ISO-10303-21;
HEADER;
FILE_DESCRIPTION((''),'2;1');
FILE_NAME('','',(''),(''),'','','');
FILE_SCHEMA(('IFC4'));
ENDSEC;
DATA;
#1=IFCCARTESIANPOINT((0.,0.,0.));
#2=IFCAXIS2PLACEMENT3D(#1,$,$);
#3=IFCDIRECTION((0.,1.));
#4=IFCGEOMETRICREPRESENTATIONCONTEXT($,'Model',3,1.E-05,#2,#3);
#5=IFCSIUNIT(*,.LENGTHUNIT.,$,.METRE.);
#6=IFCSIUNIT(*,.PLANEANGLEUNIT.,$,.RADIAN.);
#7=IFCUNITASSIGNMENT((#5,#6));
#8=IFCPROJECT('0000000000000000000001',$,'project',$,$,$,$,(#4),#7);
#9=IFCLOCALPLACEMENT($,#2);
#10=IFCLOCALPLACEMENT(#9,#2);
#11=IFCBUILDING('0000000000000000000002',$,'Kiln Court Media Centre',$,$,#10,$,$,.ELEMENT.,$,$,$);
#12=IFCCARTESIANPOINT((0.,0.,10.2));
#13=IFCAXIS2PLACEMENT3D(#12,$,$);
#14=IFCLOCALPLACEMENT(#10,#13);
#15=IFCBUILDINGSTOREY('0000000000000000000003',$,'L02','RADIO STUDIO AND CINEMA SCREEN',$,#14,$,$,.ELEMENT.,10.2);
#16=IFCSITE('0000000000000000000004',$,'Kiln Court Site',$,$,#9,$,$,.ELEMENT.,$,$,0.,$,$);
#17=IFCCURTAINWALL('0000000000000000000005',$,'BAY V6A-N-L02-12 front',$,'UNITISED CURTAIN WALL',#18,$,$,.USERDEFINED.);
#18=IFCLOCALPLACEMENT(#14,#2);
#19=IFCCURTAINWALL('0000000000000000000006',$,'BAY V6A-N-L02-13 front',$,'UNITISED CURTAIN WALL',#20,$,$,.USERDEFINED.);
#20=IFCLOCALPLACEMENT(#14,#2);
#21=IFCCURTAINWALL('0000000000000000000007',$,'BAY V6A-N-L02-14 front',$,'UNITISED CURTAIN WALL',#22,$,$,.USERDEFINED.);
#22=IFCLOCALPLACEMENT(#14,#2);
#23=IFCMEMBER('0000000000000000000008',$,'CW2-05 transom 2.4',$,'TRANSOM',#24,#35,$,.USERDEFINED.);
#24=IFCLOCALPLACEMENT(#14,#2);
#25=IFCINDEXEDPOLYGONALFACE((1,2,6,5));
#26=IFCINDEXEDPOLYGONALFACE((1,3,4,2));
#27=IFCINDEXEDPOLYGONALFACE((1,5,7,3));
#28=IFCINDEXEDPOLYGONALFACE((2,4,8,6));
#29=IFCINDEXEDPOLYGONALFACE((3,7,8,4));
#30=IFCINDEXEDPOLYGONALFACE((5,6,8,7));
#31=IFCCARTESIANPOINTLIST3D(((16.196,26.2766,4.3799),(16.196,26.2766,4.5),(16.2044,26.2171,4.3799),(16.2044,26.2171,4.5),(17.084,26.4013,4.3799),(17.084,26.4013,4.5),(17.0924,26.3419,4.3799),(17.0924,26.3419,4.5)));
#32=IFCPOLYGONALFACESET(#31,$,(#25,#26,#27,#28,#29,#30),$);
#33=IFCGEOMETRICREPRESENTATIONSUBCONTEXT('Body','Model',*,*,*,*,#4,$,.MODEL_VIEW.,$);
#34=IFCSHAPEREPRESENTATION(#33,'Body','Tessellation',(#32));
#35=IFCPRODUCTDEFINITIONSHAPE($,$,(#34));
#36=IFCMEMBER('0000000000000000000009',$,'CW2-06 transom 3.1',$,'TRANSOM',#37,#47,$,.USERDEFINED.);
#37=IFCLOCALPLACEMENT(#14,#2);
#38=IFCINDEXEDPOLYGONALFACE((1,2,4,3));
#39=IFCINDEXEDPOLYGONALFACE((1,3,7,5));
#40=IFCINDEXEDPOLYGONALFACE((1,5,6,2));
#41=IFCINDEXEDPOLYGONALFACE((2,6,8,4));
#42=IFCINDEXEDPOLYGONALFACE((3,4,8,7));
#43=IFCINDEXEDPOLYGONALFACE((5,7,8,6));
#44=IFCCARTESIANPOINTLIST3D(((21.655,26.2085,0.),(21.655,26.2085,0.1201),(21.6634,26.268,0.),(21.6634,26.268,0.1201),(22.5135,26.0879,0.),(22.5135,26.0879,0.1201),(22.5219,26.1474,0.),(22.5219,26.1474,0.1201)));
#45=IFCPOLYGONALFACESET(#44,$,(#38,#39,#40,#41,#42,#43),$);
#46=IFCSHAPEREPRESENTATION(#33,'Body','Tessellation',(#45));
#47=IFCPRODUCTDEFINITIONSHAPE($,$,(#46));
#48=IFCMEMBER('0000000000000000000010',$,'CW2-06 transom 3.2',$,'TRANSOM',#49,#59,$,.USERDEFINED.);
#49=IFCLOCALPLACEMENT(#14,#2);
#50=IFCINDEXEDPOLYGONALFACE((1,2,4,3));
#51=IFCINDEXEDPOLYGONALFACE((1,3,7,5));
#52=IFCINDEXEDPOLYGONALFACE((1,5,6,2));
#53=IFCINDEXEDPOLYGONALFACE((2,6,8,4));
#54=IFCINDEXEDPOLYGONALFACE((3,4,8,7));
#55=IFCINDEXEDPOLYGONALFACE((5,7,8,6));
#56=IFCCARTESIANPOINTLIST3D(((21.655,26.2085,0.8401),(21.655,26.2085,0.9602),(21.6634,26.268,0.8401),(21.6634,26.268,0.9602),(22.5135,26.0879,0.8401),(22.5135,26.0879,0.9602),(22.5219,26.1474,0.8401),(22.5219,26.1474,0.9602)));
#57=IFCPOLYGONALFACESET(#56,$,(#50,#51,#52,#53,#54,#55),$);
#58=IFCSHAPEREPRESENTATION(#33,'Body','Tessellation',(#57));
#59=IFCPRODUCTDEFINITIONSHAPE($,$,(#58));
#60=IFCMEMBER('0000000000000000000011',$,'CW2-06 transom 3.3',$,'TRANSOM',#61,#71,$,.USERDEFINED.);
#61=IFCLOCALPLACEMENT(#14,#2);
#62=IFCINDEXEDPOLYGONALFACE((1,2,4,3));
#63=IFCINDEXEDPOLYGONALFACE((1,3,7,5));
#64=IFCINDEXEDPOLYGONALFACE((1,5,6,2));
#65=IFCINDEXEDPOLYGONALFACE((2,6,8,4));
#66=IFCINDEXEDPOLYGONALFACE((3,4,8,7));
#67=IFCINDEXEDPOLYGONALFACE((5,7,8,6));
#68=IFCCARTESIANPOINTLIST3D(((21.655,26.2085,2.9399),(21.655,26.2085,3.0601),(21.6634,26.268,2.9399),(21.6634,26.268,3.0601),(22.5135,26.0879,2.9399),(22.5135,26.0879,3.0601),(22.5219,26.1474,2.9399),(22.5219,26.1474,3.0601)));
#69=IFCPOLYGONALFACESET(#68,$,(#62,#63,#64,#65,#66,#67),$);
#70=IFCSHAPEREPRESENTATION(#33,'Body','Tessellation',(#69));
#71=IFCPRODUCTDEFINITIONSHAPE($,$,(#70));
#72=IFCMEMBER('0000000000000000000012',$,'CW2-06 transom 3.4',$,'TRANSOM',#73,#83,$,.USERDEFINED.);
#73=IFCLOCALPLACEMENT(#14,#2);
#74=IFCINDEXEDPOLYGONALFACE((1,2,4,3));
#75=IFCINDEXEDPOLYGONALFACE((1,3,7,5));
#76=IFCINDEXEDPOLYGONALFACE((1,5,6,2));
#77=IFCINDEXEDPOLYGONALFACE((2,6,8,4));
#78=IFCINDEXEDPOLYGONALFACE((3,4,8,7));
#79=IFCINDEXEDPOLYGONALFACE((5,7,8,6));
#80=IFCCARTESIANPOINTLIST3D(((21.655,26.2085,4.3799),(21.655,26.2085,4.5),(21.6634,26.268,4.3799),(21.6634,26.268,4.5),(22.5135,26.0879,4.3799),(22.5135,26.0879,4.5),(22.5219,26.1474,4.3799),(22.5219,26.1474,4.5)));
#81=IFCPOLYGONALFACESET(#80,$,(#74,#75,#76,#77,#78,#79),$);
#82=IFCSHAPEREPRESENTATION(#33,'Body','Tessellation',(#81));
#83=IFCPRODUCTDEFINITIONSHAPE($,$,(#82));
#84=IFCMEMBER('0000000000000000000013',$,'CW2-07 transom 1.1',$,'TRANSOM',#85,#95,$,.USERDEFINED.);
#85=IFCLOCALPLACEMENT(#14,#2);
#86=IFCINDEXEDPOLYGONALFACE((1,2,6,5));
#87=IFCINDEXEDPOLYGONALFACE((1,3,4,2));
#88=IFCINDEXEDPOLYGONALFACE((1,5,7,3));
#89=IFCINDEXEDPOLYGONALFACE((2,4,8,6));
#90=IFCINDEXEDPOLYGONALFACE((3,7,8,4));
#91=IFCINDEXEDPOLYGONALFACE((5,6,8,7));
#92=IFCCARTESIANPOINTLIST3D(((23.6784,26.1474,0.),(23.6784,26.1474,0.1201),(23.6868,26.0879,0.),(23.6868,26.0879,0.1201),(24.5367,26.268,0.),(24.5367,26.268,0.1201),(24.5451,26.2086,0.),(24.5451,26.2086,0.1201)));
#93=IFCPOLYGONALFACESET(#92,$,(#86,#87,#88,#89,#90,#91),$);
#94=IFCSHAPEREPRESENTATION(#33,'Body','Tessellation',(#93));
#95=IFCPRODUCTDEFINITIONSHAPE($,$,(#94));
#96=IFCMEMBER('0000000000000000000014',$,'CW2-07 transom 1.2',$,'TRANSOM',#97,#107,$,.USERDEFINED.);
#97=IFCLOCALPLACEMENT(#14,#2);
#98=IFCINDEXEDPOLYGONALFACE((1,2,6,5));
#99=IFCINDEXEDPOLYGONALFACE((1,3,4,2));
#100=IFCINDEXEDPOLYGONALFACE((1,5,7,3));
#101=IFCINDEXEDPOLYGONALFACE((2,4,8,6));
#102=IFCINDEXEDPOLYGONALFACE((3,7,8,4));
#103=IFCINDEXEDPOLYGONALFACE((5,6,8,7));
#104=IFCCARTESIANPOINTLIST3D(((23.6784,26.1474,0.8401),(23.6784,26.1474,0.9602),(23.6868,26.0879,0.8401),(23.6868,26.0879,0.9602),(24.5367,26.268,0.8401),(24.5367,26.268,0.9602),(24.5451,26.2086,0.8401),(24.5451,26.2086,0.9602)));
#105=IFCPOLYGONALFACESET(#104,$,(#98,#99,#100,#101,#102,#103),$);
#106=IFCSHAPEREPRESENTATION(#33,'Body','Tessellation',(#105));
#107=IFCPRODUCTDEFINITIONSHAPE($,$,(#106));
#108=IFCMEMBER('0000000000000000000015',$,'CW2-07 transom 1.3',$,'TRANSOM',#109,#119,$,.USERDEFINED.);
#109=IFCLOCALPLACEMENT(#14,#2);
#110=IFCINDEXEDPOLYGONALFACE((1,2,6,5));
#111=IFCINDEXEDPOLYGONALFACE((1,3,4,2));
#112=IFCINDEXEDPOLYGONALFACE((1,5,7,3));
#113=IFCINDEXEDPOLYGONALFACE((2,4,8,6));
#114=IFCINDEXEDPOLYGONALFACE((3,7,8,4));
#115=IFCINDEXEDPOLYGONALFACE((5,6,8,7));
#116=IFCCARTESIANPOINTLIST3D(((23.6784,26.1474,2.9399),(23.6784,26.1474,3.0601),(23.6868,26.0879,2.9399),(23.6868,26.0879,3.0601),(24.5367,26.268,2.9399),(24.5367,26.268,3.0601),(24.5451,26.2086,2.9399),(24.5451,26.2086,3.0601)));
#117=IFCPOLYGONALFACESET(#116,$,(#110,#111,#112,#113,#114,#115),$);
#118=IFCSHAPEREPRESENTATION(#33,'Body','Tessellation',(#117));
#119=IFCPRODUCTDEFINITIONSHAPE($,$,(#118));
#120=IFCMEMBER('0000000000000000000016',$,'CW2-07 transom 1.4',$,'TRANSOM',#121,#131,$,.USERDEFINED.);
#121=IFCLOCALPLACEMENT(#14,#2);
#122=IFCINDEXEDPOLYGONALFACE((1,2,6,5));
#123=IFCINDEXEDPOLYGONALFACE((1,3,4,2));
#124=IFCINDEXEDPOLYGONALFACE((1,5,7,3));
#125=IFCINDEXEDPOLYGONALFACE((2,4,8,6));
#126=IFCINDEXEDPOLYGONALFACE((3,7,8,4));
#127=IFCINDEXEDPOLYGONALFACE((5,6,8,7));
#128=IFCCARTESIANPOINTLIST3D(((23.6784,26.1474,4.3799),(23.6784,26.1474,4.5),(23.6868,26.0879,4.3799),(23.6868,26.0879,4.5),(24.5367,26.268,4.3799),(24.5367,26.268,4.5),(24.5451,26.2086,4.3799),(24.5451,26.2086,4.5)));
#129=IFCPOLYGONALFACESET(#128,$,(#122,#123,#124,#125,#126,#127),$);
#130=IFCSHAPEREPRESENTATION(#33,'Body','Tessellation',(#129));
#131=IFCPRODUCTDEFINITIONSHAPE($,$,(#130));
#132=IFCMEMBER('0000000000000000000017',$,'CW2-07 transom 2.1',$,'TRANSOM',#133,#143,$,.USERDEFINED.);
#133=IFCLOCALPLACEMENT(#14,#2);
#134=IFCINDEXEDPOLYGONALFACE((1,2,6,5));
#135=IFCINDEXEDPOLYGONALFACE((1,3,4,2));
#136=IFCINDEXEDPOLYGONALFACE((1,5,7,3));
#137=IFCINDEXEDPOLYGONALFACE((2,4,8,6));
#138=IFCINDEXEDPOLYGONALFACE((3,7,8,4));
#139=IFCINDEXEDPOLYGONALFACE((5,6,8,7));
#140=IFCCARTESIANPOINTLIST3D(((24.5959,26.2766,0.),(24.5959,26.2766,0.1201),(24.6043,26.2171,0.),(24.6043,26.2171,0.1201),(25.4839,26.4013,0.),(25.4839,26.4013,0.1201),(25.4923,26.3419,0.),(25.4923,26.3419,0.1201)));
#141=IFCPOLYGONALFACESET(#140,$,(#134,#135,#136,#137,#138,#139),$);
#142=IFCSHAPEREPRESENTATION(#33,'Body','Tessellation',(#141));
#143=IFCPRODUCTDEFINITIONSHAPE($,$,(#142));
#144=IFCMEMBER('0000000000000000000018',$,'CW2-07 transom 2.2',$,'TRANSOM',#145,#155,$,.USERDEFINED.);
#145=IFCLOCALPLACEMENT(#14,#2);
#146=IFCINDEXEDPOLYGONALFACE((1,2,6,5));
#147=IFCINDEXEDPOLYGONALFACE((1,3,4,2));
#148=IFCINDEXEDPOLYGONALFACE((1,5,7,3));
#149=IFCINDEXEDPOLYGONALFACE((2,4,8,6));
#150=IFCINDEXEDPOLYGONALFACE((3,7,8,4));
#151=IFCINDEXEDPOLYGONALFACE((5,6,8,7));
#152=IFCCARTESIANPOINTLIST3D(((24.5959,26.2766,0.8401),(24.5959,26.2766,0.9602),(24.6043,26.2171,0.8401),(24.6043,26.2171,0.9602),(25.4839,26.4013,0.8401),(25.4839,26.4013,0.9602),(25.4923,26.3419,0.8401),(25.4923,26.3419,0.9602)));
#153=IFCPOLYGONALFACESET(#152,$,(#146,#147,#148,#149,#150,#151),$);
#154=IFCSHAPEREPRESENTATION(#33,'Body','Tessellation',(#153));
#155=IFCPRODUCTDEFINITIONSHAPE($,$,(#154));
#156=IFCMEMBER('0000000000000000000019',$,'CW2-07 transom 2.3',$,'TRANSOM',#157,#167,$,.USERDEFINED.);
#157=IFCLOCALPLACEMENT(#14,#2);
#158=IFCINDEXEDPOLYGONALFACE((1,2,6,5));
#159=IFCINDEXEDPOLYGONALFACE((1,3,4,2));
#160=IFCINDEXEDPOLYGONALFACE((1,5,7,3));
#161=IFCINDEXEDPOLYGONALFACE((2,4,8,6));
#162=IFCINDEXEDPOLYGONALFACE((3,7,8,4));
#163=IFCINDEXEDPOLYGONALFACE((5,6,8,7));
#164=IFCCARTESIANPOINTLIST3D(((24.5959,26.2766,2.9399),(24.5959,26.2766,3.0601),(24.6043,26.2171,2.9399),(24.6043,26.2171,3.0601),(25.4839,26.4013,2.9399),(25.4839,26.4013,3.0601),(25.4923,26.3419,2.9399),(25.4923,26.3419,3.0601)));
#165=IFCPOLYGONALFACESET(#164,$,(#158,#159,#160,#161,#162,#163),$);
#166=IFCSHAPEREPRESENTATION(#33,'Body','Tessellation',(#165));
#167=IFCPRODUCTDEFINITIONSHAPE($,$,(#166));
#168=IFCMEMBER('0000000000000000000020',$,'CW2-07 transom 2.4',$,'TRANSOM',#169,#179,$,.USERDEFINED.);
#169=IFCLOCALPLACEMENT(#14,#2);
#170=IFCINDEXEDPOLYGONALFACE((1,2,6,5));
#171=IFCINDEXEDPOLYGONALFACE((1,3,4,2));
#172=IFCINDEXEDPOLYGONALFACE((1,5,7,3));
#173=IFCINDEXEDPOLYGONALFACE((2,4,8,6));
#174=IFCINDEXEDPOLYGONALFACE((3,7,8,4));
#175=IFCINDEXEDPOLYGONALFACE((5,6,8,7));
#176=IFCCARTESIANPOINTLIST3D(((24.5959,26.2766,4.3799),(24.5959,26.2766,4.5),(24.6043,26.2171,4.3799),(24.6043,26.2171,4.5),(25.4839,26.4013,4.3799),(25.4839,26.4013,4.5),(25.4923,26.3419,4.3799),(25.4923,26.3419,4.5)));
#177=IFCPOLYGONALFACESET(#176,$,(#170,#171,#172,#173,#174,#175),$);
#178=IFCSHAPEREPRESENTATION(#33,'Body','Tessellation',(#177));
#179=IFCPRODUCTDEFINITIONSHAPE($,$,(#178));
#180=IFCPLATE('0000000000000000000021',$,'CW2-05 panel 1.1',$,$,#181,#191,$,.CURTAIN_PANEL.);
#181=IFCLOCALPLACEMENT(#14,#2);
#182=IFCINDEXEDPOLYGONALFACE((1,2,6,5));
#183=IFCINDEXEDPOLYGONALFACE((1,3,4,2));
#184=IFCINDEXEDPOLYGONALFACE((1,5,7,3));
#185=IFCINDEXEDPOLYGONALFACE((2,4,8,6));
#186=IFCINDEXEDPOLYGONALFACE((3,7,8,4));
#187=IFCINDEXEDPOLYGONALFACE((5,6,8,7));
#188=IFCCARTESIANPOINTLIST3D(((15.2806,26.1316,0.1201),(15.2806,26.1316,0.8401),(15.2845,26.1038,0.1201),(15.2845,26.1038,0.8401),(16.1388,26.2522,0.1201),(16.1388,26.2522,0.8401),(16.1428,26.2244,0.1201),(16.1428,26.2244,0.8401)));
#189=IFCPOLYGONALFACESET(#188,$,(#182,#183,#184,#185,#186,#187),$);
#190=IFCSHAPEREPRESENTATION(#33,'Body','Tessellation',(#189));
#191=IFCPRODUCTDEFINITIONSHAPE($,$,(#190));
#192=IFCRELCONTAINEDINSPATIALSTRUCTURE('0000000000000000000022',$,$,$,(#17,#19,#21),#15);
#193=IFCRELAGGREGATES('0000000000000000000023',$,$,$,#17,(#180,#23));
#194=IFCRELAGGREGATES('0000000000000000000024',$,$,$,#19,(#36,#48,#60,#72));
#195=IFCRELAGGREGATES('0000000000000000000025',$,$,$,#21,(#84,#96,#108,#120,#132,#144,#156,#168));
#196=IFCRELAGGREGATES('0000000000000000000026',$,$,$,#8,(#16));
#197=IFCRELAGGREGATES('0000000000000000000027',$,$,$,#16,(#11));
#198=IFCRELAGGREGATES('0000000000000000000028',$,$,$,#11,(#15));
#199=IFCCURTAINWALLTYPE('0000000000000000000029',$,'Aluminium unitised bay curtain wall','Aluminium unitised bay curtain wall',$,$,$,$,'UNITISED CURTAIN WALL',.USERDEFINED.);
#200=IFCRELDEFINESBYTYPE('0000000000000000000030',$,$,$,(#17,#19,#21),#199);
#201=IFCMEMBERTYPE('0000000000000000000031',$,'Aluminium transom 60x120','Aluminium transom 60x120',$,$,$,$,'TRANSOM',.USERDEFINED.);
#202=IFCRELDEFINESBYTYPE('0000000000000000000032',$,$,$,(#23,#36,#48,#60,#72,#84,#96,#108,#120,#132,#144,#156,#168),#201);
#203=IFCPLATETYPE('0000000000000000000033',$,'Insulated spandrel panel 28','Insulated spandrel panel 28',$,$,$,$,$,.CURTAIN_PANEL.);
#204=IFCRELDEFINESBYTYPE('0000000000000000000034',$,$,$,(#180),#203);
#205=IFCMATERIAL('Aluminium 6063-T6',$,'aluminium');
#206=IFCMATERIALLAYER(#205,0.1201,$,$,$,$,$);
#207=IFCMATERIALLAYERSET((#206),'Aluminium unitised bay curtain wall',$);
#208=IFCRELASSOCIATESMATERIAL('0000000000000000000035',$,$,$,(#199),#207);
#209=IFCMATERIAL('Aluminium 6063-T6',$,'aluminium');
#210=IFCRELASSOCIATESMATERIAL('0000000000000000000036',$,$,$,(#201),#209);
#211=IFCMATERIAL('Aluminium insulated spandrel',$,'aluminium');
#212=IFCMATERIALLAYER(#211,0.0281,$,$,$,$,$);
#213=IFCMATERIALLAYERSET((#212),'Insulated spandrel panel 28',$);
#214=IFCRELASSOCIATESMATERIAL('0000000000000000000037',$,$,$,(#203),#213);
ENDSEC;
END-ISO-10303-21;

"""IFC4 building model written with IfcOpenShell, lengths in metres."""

from ifc_helpers import new_model, si_unit, direction, frame, origin, origin_2d, place, context, subcontext, project, spatial, rectangle, extrude, material, layer, layer_set, material_profile, profile_set, type_object, element, aggregate, save


model = new_model("IFC4")

# Units and contexts
model_context = context("Model", 3, precision=1e-05, world=origin(), true_north=direction((0.0, 1.0)))
body_context = subcontext(model_context, "Body", "Model", "MODEL_VIEW")
ifc_project = project(units=[si_unit("LENGTHUNIT", "METRE"), si_unit("PLANEANGLEUNIT", "RADIAN")], contexts=[model_context])

# Site, building, storey
site_placement = place(None, origin())
site = spatial("IfcSite", under=ifc_project, at=site_placement, Name="Kiln Court Site", CompositionType="ELEMENT", RefElevation=0.0)
building_placement = place(site_placement, origin())
building = spatial("IfcBuilding", under=site, at=building_placement, Name="Kiln Court Media Centre", CompositionType="ELEMENT")
storey_placement = place(building_placement, frame((0.0, 0.0, 10.2)))
storey = spatial("IfcBuildingStorey", under=building, at=storey_placement, Name="L02", Description="RADIO STUDIO AND CINEMA SCREEN", CompositionType="ELEMENT", Elevation=10.2)

# Shared definitions
ifc_material_1 = material(Name="Aluminium 6063-T6", Category="aluminium")
ifc_layer_1 = layer(ifc_material_1, 0.1201)
ifc_layer_set_1 = layer_set([ifc_layer_1], Name="Aluminium unitised bay curtain wall")
curtain_wall_type = type_object("IfcCurtainWallType", Name="Aluminium unitised bay curtain wall", Description="Aluminium unitised bay curtain wall", ElementType="UNITISED CURTAIN WALL", PredefinedType="USERDEFINED", material=ifc_layer_set_1)

# Curtain walls
curtain_wall_1_placement = place(storey_placement, origin())
curtain_wall_1 = element("IfcCurtainWall", 1, at=curtain_wall_1_placement, inside=storey, type_object=curtain_wall_type, Name="BAY V6A-N-L02-12 front", ObjectType="UNITISED CURTAIN WALL", PredefinedType="USERDEFINED")
curtain_wall_2_placement = place(storey_placement, origin())
curtain_wall_2 = element("IfcCurtainWall", 2, at=curtain_wall_2_placement, inside=storey, type_object=curtain_wall_type, Name="BAY V6A-N-L02-13 front", ObjectType="UNITISED CURTAIN WALL", PredefinedType="USERDEFINED")
curtain_wall_3_placement = place(storey_placement, origin())
curtain_wall_3 = element("IfcCurtainWall", 3, at=curtain_wall_3_placement, inside=storey, type_object=curtain_wall_type, Name="BAY V6A-N-L02-14 front", ObjectType="UNITISED CURTAIN WALL", PredefinedType="USERDEFINED")

# Members
ifc_material_2 = material(Name="Aluminium 6063-T6", Category="aluminium")
ifc_material_profile_1 = material_profile(ifc_material_2, rectangle(XDim=0.0601, YDim=0.1201, at=origin_2d()), Name="Aluminium transom 60x120")
ifc_profile_set_1 = profile_set([ifc_material_profile_1], Name="Aluminium 6063-T6")
member_type_1 = type_object("IfcMemberType", Name="Aluminium transom 60x120", Description="Aluminium transom 60x120", ElementType="TRANSOM", PredefinedType="USERDEFINED", material=ifc_profile_set_1)
member_1_placement = place(storey_placement, frame((16.2002, 26.2468, 4.4399), z_axis=(0.990274, 0.139134, 0.0), x_axis=(-0.139134, 0.990274, 0.0)))
member_1 = element("IfcMember", 4, at=member_1_placement, type_object=member_type_1, Name="CW2-05 transom 2.4", ObjectType="TRANSOM", PredefinedType="USERDEFINED", context=body_context, shape_type="SweptSolid", body=[
    extrude(rectangle(XDim=0.0601, YDim=0.1201, at=origin_2d()), origin(), (0.0, 0.0, 1.0), 0.8967),
])
member_2_placement = place(storey_placement, frame((21.6592, 26.2383, 0.0601), z_axis=(0.990274, -0.139134, 0.0), x_axis=(0.139134, 0.990274, 0.0)))
member_2 = element("IfcMember", 5, at=member_2_placement, type_object=member_type_1, Name="CW2-06 transom 3.1", ObjectType="TRANSOM", PredefinedType="USERDEFINED", context=body_context, shape_type="SweptSolid", body=[
    extrude(rectangle(XDim=0.0601, YDim=0.1201, at=origin_2d()), origin(), (0.0, 0.0, 1.0), 0.8669),
])
member_3_placement = place(storey_placement, frame((21.6592, 26.2383, 0.9001), z_axis=(0.990274, -0.139134, 0.0), x_axis=(0.139134, 0.990274, 0.0)))
member_3 = element("IfcMember", 6, at=member_3_placement, type_object=member_type_1, Name="CW2-06 transom 3.2", ObjectType="TRANSOM", PredefinedType="USERDEFINED", context=body_context, shape_type="SweptSolid", body=[
    extrude(rectangle(XDim=0.0601, YDim=0.1201, at=origin_2d()), origin(), (0.0, 0.0, 1.0), 0.8669),
])
member_4_placement = place(storey_placement, frame((21.6592, 26.2383, 3.0), z_axis=(0.990274, -0.139134, 0.0), x_axis=(0.139134, 0.990274, 0.0)))
member_4 = element("IfcMember", 7, at=member_4_placement, type_object=member_type_1, Name="CW2-06 transom 3.3", ObjectType="TRANSOM", PredefinedType="USERDEFINED", context=body_context, shape_type="SweptSolid", body=[
    extrude(rectangle(XDim=0.0601, YDim=0.1201, at=origin_2d()), origin(), (0.0, 0.0, 1.0), 0.8669),
])
member_5_placement = place(storey_placement, frame((21.6592, 26.2383, 4.4399), z_axis=(0.990274, -0.139134, 0.0), x_axis=(0.139134, 0.990274, 0.0)))
member_5 = element("IfcMember", 8, at=member_5_placement, type_object=member_type_1, Name="CW2-06 transom 3.4", ObjectType="TRANSOM", PredefinedType="USERDEFINED", context=body_context, shape_type="SweptSolid", body=[
    extrude(rectangle(XDim=0.0601, YDim=0.1201, at=origin_2d()), origin(), (0.0, 0.0, 1.0), 0.8669),
])
member_6_placement = place(storey_placement, frame((23.6826, 26.1177, 0.0601), z_axis=(0.990268, 0.139173, 0.0), x_axis=(-0.139173, 0.990268, 0.0)))
member_6 = element("IfcMember", 9, at=member_6_placement, type_object=member_type_1, Name="CW2-07 transom 1.1", ObjectType="TRANSOM", PredefinedType="USERDEFINED", context=body_context, shape_type="SweptSolid", body=[
    extrude(rectangle(XDim=0.0601, YDim=0.1201, at=origin_2d()), origin(), (0.0, 0.0, 1.0), 0.8667),
])
member_7_placement = place(storey_placement, frame((23.6826, 26.1177, 0.9001), z_axis=(0.990268, 0.139173, 0.0), x_axis=(-0.139173, 0.990268, 0.0)))
member_7 = element("IfcMember", 10, at=member_7_placement, type_object=member_type_1, Name="CW2-07 transom 1.2", ObjectType="TRANSOM", PredefinedType="USERDEFINED", context=body_context, shape_type="SweptSolid", body=[
    extrude(rectangle(XDim=0.0601, YDim=0.1201, at=origin_2d()), origin(), (0.0, 0.0, 1.0), 0.8667),
])
member_8_placement = place(storey_placement, frame((23.6826, 26.1177, 3.0), z_axis=(0.990268, 0.139173, 0.0), x_axis=(-0.139173, 0.990268, 0.0)))
member_8 = element("IfcMember", 11, at=member_8_placement, type_object=member_type_1, Name="CW2-07 transom 1.3", ObjectType="TRANSOM", PredefinedType="USERDEFINED", context=body_context, shape_type="SweptSolid", body=[
    extrude(rectangle(XDim=0.0601, YDim=0.1201, at=origin_2d()), origin(), (0.0, 0.0, 1.0), 0.8667),
])
member_9_placement = place(storey_placement, frame((23.6826, 26.1177, 4.4399), z_axis=(0.990268, 0.139173, 0.0), x_axis=(-0.139173, 0.990268, 0.0)))
member_9 = element("IfcMember", 12, at=member_9_placement, type_object=member_type_1, Name="CW2-07 transom 1.4", ObjectType="TRANSOM", PredefinedType="USERDEFINED", context=body_context, shape_type="SweptSolid", body=[
    extrude(rectangle(XDim=0.0601, YDim=0.1201, at=origin_2d()), origin(), (0.0, 0.0, 1.0), 0.8667),
])
member_10_placement = place(storey_placement, frame((24.6001, 26.2468, 0.0601), z_axis=(0.990274, 0.139134, 0.0), x_axis=(-0.139134, 0.990274, 0.0)))
member_10 = element("IfcMember", 13, at=member_10_placement, type_object=member_type_1, Name="CW2-07 transom 2.1", ObjectType="TRANSOM", PredefinedType="USERDEFINED", context=body_context, shape_type="SweptSolid", body=[
    extrude(rectangle(XDim=0.0601, YDim=0.1201, at=origin_2d()), origin(), (0.0, 0.0, 1.0), 0.8967),
])
member_11_placement = place(storey_placement, frame((24.6001, 26.2468, 0.9001), z_axis=(0.990274, 0.139134, 0.0), x_axis=(-0.139134, 0.990274, 0.0)))
member_11 = element("IfcMember", 14, at=member_11_placement, type_object=member_type_1, Name="CW2-07 transom 2.2", ObjectType="TRANSOM", PredefinedType="USERDEFINED", context=body_context, shape_type="SweptSolid", body=[
    extrude(rectangle(XDim=0.0601, YDim=0.1201, at=origin_2d()), origin(), (0.0, 0.0, 1.0), 0.8967),
])
member_12_placement = place(storey_placement, frame((24.6001, 26.2468, 3.0), z_axis=(0.990274, 0.139134, 0.0), x_axis=(-0.139134, 0.990274, 0.0)))
member_12 = element("IfcMember", 15, at=member_12_placement, type_object=member_type_1, Name="CW2-07 transom 2.3", ObjectType="TRANSOM", PredefinedType="USERDEFINED", context=body_context, shape_type="SweptSolid", body=[
    extrude(rectangle(XDim=0.0601, YDim=0.1201, at=origin_2d()), origin(), (0.0, 0.0, 1.0), 0.8967),
])
member_13_placement = place(storey_placement, frame((24.6001, 26.2468, 4.4399), z_axis=(0.990274, 0.139134, 0.0), x_axis=(-0.139134, 0.990274, 0.0)))
member_13 = element("IfcMember", 16, at=member_13_placement, type_object=member_type_1, Name="CW2-07 transom 2.4", ObjectType="TRANSOM", PredefinedType="USERDEFINED", context=body_context, shape_type="SweptSolid", body=[
    extrude(rectangle(XDim=0.0601, YDim=0.1201, at=origin_2d()), origin(), (0.0, 0.0, 1.0), 0.8967),
])

# Plate
ifc_material_3 = material(Name="Aluminium insulated spandrel", Category="aluminium")
ifc_layer_2 = layer(ifc_material_3, 0.0281)
ifc_layer_set_2 = layer_set([ifc_layer_2], Name="Insulated spandrel panel 28")
plate_type_1 = type_object("IfcPlateType", Name="Insulated spandrel panel 28", Description="Insulated spandrel panel 28", PredefinedType="CURTAIN_PANEL", material=ifc_layer_set_2)
plate_1_placement = place(storey_placement, frame((15.7117, 26.178, 0.1201), z_axis=(0.0, 0.0, 1.0), x_axis=(0.99027, 0.139162, 0.0)))
plate_1 = element("IfcPlate", 17, at=plate_1_placement, type_object=plate_type_1, Name="CW2-05 panel 1.1", PredefinedType="CURTAIN_PANEL", context=body_context, shape_type="SweptSolid", body=[
    extrude(rectangle(XDim=0.8667, YDim=0.0281, at=origin_2d()), origin(), (0.0, 0.0, 1.0), 0.72),
])
aggregate(curtain_wall_1, [plate_1, member_1])
aggregate(curtain_wall_2, [member_2, member_3, member_4, member_5])
aggregate(curtain_wall_3, [member_6, member_7, member_8, member_9, member_10, member_11, member_12, member_13])

save(model, "model.ifc")
